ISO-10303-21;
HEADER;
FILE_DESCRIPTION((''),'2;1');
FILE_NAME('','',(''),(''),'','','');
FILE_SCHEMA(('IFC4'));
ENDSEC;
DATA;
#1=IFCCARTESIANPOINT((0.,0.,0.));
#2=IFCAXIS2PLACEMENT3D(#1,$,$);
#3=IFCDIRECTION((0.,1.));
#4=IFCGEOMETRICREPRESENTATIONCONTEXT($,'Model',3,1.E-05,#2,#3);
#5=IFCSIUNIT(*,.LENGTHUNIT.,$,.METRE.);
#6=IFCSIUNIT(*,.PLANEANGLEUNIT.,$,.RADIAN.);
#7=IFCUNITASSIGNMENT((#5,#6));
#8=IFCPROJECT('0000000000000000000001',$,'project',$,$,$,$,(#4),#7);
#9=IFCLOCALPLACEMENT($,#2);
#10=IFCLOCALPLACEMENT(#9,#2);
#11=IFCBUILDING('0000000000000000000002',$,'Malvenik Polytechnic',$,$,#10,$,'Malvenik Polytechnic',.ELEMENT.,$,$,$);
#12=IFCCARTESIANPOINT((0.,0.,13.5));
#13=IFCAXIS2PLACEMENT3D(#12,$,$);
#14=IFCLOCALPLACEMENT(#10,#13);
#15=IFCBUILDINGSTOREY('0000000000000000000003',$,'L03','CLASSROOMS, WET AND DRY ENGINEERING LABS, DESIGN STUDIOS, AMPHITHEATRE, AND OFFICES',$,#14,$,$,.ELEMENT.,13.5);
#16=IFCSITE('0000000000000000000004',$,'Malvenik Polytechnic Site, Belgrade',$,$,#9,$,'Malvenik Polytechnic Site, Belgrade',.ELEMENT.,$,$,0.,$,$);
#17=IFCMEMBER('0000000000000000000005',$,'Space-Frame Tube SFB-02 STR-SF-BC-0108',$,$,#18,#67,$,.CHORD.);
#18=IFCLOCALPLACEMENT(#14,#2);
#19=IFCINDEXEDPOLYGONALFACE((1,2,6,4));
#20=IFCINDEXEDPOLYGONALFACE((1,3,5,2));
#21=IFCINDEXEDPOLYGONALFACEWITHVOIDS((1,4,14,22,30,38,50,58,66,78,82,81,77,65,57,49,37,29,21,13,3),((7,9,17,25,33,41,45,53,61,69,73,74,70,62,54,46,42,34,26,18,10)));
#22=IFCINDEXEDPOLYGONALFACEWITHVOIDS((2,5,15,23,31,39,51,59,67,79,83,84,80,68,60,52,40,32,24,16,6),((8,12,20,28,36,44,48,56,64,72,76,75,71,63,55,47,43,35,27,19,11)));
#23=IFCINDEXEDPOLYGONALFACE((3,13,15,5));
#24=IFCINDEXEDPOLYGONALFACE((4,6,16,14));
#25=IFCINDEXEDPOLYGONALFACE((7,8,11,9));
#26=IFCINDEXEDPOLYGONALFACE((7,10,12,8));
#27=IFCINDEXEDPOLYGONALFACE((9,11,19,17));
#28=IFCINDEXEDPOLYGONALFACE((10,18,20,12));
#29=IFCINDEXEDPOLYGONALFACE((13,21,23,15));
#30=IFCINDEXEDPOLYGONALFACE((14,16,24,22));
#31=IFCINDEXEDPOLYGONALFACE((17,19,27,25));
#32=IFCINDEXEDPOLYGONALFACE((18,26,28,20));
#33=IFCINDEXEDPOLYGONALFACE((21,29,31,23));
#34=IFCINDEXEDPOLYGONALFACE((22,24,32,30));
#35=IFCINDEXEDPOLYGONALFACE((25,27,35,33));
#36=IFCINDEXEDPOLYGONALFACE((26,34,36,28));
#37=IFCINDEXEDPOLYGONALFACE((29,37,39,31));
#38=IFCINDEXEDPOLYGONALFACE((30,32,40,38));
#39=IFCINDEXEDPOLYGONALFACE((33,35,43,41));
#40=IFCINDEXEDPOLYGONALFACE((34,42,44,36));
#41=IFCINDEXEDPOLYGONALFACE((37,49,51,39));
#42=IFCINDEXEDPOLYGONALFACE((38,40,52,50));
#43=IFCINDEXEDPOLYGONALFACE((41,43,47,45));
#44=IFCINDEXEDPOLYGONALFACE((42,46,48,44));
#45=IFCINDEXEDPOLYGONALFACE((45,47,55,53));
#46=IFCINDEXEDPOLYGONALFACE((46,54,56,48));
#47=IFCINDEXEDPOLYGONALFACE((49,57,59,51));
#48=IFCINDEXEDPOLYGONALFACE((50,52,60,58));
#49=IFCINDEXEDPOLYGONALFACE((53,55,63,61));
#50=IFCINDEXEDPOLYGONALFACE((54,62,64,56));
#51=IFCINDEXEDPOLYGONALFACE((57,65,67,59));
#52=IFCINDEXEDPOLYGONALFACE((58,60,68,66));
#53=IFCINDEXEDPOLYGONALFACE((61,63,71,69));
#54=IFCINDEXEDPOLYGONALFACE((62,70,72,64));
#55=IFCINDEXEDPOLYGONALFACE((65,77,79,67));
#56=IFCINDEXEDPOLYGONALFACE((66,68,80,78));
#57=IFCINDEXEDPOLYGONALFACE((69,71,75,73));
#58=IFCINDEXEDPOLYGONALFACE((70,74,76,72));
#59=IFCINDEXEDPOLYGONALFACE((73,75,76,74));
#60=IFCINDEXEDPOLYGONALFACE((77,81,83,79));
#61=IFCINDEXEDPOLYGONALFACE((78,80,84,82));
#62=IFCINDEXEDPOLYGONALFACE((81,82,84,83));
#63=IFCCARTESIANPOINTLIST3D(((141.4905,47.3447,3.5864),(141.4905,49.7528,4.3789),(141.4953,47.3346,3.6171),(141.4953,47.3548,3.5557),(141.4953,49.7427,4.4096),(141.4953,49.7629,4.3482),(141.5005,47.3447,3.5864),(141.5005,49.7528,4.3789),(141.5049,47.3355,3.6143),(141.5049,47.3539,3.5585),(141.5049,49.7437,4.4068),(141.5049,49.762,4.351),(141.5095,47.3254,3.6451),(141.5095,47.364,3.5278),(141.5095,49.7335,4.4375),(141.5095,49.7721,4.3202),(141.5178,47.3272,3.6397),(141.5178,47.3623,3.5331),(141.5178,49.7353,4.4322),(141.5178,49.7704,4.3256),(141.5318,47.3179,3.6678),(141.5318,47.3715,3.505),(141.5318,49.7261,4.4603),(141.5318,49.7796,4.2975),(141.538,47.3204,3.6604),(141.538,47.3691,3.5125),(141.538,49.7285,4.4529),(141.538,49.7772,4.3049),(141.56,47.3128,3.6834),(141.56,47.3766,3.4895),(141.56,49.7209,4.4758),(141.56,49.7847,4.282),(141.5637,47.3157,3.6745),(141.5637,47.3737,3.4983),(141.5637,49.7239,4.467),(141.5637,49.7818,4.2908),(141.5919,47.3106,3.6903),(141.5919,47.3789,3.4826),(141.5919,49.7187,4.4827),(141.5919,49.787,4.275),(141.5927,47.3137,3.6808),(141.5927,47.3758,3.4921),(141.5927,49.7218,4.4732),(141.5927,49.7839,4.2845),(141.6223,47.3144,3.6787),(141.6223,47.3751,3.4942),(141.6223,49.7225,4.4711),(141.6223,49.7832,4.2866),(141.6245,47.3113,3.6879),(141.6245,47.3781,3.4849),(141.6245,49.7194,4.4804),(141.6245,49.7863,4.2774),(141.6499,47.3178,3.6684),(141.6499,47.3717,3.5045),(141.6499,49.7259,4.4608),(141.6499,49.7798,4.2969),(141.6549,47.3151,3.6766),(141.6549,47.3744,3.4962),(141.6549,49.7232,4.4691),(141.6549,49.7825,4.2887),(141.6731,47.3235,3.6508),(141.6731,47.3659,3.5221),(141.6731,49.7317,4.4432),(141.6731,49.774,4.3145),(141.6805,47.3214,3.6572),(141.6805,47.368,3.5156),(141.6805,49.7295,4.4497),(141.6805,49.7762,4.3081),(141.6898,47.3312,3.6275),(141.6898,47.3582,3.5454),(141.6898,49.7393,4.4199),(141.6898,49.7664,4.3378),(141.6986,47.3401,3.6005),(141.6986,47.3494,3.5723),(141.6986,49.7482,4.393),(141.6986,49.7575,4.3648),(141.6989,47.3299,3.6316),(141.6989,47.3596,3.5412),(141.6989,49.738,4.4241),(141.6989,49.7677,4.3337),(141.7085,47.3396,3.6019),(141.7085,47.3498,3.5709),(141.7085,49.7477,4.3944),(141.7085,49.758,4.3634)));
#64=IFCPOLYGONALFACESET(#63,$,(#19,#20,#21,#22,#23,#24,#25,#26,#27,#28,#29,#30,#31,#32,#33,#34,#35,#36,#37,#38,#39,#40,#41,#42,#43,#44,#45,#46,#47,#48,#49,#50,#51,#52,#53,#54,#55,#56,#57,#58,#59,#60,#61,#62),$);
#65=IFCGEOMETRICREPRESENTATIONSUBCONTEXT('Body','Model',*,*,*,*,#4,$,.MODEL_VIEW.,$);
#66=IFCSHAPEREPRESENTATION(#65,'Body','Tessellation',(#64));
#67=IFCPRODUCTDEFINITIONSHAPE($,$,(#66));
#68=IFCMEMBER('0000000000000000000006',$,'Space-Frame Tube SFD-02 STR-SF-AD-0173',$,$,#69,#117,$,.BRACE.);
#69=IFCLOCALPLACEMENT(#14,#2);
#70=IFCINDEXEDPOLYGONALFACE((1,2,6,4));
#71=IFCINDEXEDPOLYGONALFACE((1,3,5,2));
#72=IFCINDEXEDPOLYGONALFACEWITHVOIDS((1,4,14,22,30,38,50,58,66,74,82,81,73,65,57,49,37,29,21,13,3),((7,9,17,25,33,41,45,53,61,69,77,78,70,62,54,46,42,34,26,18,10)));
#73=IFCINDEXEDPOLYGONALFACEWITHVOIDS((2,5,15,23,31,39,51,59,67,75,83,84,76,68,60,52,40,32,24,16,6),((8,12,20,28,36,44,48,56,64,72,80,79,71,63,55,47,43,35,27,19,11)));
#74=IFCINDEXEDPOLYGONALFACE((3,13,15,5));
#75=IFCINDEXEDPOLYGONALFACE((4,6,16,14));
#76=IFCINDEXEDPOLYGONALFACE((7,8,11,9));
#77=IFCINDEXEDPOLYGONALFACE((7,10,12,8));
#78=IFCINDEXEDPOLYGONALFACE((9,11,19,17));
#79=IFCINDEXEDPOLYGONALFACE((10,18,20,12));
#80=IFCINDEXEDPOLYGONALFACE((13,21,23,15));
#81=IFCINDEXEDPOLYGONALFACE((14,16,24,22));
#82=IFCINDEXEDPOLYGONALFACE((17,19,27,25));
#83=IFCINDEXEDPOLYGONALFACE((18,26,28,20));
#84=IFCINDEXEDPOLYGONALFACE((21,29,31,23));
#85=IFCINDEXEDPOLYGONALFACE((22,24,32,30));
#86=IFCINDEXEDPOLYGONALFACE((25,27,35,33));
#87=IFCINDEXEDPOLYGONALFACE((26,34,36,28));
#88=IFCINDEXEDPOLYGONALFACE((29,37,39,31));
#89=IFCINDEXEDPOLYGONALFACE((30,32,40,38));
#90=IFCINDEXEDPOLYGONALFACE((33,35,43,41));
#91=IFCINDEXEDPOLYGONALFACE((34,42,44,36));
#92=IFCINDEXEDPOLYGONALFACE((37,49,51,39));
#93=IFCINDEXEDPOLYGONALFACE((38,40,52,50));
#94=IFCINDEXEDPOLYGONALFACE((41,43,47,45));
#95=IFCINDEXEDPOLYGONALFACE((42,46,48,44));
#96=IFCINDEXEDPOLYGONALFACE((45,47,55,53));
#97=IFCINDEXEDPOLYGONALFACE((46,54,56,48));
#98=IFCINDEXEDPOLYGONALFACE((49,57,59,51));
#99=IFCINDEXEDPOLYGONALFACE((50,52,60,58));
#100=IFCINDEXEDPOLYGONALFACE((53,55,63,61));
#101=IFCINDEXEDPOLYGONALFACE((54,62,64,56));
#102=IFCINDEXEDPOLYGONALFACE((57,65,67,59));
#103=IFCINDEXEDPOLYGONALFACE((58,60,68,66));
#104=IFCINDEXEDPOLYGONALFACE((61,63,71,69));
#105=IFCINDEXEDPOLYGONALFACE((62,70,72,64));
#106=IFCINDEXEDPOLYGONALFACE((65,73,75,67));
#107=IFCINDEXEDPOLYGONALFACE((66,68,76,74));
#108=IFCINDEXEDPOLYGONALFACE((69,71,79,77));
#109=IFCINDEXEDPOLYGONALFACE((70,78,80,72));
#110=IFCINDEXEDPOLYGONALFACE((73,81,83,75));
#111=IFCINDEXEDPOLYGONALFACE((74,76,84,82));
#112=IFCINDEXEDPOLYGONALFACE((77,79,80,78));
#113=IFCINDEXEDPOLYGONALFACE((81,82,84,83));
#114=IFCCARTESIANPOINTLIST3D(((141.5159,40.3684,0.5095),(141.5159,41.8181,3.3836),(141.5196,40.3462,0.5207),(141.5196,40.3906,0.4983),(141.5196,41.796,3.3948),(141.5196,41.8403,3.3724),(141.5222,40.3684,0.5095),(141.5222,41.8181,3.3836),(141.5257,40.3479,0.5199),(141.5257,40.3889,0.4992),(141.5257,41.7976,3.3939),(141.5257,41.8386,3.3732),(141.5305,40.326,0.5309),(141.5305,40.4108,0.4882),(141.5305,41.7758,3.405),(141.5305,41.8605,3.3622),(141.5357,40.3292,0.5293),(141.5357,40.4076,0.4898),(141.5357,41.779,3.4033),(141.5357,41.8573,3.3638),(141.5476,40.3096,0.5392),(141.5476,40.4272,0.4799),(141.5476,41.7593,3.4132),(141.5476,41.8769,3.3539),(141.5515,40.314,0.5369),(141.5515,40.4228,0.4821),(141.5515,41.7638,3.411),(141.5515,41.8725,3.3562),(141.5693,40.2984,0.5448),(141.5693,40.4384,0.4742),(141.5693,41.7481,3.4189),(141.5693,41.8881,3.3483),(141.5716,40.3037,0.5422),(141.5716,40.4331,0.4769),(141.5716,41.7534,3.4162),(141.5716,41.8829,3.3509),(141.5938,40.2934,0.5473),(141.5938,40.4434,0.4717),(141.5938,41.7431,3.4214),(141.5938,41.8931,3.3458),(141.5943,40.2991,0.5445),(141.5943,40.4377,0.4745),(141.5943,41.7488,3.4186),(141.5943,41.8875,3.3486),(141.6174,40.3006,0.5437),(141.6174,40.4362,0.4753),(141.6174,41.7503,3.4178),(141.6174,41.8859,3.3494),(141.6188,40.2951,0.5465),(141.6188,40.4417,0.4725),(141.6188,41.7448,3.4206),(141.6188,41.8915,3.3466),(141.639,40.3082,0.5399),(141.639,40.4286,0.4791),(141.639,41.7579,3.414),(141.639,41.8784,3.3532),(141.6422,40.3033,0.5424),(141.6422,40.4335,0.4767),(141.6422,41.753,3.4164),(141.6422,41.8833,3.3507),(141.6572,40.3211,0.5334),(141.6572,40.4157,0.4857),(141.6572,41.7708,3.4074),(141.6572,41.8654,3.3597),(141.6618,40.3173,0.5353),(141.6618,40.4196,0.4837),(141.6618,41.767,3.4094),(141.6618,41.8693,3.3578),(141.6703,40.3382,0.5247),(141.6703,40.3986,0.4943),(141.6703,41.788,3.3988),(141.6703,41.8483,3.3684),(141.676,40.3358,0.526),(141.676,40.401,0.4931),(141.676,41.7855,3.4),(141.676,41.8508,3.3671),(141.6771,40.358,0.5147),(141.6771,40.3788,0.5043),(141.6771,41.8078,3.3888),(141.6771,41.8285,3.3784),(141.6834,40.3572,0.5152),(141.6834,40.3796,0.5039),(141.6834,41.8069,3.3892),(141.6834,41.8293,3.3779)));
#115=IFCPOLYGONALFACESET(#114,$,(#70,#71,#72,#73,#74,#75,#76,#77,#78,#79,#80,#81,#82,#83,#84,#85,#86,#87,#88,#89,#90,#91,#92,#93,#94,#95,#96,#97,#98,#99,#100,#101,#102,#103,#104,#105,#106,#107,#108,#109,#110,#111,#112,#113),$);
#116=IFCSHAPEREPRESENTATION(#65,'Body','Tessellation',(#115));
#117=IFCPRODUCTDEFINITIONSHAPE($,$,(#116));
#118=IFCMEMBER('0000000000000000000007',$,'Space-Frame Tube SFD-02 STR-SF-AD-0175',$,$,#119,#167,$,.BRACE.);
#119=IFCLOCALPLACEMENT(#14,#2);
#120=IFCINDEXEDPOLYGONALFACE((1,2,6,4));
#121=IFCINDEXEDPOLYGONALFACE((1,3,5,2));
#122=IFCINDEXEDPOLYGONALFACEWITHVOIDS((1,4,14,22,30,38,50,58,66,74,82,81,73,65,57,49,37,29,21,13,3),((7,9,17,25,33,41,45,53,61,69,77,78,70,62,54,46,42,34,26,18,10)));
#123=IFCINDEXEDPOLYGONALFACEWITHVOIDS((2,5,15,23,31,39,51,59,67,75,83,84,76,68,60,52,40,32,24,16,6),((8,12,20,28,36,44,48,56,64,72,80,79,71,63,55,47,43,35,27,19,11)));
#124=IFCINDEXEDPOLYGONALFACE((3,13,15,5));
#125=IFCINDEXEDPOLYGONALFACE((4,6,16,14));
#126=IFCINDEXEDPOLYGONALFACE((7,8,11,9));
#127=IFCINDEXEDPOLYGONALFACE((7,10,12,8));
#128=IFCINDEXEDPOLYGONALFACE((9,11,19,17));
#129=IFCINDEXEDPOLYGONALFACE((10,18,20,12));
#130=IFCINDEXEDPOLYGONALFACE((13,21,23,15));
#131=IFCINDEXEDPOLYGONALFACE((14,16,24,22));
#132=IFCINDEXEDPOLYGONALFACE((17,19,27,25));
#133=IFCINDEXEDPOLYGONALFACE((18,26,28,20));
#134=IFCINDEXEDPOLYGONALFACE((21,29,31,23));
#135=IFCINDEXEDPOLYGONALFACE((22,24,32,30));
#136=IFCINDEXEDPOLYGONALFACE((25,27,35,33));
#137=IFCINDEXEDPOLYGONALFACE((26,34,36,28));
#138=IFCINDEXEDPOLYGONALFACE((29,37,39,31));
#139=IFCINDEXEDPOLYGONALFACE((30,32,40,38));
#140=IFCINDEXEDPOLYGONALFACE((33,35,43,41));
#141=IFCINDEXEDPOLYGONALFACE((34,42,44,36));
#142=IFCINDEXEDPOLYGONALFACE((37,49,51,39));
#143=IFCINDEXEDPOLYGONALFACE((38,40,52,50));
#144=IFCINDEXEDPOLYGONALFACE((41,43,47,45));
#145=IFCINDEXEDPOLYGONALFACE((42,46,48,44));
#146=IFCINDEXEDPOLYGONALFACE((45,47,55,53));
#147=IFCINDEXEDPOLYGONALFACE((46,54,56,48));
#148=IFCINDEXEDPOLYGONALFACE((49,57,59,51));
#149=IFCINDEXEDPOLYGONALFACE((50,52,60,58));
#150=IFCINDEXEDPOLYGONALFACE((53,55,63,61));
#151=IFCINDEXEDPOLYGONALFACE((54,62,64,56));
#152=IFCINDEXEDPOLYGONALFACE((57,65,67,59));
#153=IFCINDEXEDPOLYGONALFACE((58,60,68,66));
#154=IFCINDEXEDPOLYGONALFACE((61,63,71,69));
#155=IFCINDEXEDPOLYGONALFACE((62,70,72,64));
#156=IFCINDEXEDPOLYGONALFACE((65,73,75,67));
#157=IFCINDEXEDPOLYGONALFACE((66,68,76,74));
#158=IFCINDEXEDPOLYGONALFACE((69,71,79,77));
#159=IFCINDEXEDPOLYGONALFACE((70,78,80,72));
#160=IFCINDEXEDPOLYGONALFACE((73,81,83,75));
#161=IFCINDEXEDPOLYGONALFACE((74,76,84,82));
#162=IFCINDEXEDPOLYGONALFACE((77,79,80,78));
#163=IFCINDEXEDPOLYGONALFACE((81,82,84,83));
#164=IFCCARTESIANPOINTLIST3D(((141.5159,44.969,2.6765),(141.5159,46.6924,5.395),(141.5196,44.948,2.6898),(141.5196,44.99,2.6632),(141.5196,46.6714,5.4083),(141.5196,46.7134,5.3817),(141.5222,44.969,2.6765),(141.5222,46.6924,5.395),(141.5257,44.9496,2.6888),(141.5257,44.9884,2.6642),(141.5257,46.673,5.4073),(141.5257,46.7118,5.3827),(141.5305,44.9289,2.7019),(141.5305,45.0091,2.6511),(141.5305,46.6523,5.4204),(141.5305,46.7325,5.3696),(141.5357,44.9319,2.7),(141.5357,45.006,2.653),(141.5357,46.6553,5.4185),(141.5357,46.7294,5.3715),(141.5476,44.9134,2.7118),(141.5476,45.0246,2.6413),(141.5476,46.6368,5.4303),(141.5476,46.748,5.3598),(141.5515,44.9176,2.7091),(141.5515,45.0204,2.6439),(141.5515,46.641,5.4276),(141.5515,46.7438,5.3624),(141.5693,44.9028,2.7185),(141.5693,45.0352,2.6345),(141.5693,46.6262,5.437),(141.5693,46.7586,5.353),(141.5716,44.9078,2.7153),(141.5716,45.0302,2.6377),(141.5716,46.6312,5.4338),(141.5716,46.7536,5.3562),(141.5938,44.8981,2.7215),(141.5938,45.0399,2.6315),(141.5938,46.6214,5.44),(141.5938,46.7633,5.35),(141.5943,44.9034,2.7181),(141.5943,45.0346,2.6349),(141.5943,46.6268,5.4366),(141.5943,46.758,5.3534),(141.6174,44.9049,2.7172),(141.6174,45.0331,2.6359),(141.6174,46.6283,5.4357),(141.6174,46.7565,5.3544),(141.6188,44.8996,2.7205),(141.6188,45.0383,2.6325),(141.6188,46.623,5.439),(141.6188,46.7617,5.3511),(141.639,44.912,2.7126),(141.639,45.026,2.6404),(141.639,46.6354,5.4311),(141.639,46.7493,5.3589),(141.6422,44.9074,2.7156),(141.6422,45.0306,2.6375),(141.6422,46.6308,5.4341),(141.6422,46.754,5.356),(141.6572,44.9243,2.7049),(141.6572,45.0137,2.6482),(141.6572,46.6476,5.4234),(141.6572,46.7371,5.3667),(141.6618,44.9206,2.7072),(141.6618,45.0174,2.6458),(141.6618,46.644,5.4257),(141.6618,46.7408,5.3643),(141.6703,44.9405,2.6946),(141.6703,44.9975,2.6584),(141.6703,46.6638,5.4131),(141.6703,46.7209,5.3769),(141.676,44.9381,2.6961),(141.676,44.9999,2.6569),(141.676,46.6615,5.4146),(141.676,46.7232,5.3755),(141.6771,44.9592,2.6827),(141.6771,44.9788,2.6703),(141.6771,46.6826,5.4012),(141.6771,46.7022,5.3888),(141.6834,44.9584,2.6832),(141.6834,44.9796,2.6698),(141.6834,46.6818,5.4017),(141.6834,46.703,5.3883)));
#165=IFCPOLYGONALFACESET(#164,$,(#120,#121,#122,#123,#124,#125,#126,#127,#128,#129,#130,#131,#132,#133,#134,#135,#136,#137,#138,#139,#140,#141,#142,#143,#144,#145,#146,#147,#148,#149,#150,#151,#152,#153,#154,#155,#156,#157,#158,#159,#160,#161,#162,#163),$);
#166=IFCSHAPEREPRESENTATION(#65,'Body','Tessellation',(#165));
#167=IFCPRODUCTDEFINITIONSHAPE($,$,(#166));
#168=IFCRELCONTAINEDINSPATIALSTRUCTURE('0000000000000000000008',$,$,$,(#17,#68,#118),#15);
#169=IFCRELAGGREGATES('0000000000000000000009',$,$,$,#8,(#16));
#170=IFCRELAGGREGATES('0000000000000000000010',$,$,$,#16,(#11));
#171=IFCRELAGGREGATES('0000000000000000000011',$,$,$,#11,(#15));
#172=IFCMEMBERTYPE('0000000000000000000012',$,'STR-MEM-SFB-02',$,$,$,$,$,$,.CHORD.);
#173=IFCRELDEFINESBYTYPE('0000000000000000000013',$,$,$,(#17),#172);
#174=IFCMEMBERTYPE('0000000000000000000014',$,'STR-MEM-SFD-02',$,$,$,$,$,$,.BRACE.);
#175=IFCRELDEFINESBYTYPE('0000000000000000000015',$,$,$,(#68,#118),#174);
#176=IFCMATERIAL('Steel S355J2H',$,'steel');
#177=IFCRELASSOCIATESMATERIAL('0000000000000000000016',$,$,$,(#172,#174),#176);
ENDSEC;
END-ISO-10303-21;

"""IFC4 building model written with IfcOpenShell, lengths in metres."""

from ifc_helpers import new_model, si_unit, direction, frame, origin, origin_2d, place, context, subcontext, project, spatial, hollow_circle, extrude, material, material_profile, profile_set, type_object, element, save


model = new_model("IFC4")

# Units and contexts
model_context = context("Model", 3, precision=1e-05, world=origin(), true_north=direction((0.0, 1.0)))
body_context = subcontext(model_context, "Body", "Model", "MODEL_VIEW")
ifc_project = project(units=[si_unit("LENGTHUNIT", "METRE"), si_unit("PLANEANGLEUNIT", "RADIAN")], contexts=[model_context])

# Site, building, storey
site_placement = place(None, origin())
site = spatial("IfcSite", under=ifc_project, at=site_placement, Name="Malvenik Polytechnic Site, Belgrade", LongName="Malvenik Polytechnic Site, Belgrade", CompositionType="ELEMENT", RefElevation=0.0)
building_placement = place(site_placement, origin())
building = spatial("IfcBuilding", under=site, at=building_placement, Name="Malvenik Polytechnic", LongName="Malvenik Polytechnic", CompositionType="ELEMENT")
storey_placement = place(building_placement, frame((0.0, 0.0, 13.5)))
storey = spatial("IfcBuildingStorey", under=building, at=storey_placement, Name="L03", Description="CLASSROOMS, WET AND DRY ENGINEERING LABS, DESIGN STUDIOS, AMPHITHEATRE, AND OFFICES", CompositionType="ELEMENT", Elevation=13.5)

# Members
ifc_material_1 = material(Name="Steel S355J2H", Category="steel")
ifc_material_profile_1 = material_profile(ifc_material_1, hollow_circle(Radius=0.1096, WallThickness=0.01, at=origin_2d()), Name="CHS 219.1x10.0")
ifc_profile_set_1 = profile_set([ifc_material_profile_1], Name="Steel S355J2H")
member_type_1 = type_object("IfcMemberType", Name="STR-MEM-SFB-02", PredefinedType="CHORD", material=ifc_profile_set_1)
member_1_placement = place(storey_placement, frame((141.6001, 47.3447, 3.5864), z_axis=(0.0, 0.94989, 0.312585), x_axis=(-1.0, 0.0, 0.0)))
element("IfcMember", 1, at=member_1_placement, inside=storey, type_object=member_type_1, Name="Space-Frame Tube SFB-02 STR-SF-BC-0108", PredefinedType="CHORD", context=body_context, shape_type="SweptSolid", body=[
    extrude(hollow_circle(Radius=0.1096, WallThickness=0.01, at=origin_2d()), origin(), (0.0, 0.0, 1.0), 2.5352),
])
ifc_material_profile_2 = material_profile(ifc_material_1, hollow_circle(Radius=0.0842, WallThickness=0.0063, at=origin_2d()), Name="CHS 168.3x6.3")
ifc_profile_set_2 = profile_set([ifc_material_profile_2], Name="Steel S355J2H")
member_type_2 = type_object("IfcMemberType", Name="STR-MEM-SFD-02", PredefinedType="BRACE", material=ifc_profile_set_2)
member_2_placement = place(storey_placement, frame((141.6001, 40.3684, 0.5095), z_axis=(0.0, 0.450366, 0.892844), x_axis=(-1.0, 0.0, 0.0)))
element("IfcMember", 2, at=member_2_placement, inside=storey, type_object=member_type_2, Name="Space-Frame Tube SFD-02 STR-SF-AD-0173", PredefinedType="BRACE", context=body_context, shape_type="SweptSolid", body=[
    extrude(hollow_circle(Radius=0.0842, WallThickness=0.0063, at=origin_2d()), origin(), (0.0, 0.0, 1.0), 3.219),
])
member_3_placement = place(storey_placement, frame((141.6001, 44.969, 2.6765), z_axis=(0.0, 0.535422, 0.844585), x_axis=(-1.0, 0.0, 0.0)))
element("IfcMember", 3, at=member_3_placement, inside=storey, type_object=member_type_2, Name="Space-Frame Tube SFD-02 STR-SF-AD-0175", PredefinedType="BRACE", context=body_context, shape_type="SweptSolid", body=[
    extrude(hollow_circle(Radius=0.0842, WallThickness=0.0063, at=origin_2d()), origin(), (0.0, 0.0, 1.0), 3.2188),
])

save(model, "model.ifc")
